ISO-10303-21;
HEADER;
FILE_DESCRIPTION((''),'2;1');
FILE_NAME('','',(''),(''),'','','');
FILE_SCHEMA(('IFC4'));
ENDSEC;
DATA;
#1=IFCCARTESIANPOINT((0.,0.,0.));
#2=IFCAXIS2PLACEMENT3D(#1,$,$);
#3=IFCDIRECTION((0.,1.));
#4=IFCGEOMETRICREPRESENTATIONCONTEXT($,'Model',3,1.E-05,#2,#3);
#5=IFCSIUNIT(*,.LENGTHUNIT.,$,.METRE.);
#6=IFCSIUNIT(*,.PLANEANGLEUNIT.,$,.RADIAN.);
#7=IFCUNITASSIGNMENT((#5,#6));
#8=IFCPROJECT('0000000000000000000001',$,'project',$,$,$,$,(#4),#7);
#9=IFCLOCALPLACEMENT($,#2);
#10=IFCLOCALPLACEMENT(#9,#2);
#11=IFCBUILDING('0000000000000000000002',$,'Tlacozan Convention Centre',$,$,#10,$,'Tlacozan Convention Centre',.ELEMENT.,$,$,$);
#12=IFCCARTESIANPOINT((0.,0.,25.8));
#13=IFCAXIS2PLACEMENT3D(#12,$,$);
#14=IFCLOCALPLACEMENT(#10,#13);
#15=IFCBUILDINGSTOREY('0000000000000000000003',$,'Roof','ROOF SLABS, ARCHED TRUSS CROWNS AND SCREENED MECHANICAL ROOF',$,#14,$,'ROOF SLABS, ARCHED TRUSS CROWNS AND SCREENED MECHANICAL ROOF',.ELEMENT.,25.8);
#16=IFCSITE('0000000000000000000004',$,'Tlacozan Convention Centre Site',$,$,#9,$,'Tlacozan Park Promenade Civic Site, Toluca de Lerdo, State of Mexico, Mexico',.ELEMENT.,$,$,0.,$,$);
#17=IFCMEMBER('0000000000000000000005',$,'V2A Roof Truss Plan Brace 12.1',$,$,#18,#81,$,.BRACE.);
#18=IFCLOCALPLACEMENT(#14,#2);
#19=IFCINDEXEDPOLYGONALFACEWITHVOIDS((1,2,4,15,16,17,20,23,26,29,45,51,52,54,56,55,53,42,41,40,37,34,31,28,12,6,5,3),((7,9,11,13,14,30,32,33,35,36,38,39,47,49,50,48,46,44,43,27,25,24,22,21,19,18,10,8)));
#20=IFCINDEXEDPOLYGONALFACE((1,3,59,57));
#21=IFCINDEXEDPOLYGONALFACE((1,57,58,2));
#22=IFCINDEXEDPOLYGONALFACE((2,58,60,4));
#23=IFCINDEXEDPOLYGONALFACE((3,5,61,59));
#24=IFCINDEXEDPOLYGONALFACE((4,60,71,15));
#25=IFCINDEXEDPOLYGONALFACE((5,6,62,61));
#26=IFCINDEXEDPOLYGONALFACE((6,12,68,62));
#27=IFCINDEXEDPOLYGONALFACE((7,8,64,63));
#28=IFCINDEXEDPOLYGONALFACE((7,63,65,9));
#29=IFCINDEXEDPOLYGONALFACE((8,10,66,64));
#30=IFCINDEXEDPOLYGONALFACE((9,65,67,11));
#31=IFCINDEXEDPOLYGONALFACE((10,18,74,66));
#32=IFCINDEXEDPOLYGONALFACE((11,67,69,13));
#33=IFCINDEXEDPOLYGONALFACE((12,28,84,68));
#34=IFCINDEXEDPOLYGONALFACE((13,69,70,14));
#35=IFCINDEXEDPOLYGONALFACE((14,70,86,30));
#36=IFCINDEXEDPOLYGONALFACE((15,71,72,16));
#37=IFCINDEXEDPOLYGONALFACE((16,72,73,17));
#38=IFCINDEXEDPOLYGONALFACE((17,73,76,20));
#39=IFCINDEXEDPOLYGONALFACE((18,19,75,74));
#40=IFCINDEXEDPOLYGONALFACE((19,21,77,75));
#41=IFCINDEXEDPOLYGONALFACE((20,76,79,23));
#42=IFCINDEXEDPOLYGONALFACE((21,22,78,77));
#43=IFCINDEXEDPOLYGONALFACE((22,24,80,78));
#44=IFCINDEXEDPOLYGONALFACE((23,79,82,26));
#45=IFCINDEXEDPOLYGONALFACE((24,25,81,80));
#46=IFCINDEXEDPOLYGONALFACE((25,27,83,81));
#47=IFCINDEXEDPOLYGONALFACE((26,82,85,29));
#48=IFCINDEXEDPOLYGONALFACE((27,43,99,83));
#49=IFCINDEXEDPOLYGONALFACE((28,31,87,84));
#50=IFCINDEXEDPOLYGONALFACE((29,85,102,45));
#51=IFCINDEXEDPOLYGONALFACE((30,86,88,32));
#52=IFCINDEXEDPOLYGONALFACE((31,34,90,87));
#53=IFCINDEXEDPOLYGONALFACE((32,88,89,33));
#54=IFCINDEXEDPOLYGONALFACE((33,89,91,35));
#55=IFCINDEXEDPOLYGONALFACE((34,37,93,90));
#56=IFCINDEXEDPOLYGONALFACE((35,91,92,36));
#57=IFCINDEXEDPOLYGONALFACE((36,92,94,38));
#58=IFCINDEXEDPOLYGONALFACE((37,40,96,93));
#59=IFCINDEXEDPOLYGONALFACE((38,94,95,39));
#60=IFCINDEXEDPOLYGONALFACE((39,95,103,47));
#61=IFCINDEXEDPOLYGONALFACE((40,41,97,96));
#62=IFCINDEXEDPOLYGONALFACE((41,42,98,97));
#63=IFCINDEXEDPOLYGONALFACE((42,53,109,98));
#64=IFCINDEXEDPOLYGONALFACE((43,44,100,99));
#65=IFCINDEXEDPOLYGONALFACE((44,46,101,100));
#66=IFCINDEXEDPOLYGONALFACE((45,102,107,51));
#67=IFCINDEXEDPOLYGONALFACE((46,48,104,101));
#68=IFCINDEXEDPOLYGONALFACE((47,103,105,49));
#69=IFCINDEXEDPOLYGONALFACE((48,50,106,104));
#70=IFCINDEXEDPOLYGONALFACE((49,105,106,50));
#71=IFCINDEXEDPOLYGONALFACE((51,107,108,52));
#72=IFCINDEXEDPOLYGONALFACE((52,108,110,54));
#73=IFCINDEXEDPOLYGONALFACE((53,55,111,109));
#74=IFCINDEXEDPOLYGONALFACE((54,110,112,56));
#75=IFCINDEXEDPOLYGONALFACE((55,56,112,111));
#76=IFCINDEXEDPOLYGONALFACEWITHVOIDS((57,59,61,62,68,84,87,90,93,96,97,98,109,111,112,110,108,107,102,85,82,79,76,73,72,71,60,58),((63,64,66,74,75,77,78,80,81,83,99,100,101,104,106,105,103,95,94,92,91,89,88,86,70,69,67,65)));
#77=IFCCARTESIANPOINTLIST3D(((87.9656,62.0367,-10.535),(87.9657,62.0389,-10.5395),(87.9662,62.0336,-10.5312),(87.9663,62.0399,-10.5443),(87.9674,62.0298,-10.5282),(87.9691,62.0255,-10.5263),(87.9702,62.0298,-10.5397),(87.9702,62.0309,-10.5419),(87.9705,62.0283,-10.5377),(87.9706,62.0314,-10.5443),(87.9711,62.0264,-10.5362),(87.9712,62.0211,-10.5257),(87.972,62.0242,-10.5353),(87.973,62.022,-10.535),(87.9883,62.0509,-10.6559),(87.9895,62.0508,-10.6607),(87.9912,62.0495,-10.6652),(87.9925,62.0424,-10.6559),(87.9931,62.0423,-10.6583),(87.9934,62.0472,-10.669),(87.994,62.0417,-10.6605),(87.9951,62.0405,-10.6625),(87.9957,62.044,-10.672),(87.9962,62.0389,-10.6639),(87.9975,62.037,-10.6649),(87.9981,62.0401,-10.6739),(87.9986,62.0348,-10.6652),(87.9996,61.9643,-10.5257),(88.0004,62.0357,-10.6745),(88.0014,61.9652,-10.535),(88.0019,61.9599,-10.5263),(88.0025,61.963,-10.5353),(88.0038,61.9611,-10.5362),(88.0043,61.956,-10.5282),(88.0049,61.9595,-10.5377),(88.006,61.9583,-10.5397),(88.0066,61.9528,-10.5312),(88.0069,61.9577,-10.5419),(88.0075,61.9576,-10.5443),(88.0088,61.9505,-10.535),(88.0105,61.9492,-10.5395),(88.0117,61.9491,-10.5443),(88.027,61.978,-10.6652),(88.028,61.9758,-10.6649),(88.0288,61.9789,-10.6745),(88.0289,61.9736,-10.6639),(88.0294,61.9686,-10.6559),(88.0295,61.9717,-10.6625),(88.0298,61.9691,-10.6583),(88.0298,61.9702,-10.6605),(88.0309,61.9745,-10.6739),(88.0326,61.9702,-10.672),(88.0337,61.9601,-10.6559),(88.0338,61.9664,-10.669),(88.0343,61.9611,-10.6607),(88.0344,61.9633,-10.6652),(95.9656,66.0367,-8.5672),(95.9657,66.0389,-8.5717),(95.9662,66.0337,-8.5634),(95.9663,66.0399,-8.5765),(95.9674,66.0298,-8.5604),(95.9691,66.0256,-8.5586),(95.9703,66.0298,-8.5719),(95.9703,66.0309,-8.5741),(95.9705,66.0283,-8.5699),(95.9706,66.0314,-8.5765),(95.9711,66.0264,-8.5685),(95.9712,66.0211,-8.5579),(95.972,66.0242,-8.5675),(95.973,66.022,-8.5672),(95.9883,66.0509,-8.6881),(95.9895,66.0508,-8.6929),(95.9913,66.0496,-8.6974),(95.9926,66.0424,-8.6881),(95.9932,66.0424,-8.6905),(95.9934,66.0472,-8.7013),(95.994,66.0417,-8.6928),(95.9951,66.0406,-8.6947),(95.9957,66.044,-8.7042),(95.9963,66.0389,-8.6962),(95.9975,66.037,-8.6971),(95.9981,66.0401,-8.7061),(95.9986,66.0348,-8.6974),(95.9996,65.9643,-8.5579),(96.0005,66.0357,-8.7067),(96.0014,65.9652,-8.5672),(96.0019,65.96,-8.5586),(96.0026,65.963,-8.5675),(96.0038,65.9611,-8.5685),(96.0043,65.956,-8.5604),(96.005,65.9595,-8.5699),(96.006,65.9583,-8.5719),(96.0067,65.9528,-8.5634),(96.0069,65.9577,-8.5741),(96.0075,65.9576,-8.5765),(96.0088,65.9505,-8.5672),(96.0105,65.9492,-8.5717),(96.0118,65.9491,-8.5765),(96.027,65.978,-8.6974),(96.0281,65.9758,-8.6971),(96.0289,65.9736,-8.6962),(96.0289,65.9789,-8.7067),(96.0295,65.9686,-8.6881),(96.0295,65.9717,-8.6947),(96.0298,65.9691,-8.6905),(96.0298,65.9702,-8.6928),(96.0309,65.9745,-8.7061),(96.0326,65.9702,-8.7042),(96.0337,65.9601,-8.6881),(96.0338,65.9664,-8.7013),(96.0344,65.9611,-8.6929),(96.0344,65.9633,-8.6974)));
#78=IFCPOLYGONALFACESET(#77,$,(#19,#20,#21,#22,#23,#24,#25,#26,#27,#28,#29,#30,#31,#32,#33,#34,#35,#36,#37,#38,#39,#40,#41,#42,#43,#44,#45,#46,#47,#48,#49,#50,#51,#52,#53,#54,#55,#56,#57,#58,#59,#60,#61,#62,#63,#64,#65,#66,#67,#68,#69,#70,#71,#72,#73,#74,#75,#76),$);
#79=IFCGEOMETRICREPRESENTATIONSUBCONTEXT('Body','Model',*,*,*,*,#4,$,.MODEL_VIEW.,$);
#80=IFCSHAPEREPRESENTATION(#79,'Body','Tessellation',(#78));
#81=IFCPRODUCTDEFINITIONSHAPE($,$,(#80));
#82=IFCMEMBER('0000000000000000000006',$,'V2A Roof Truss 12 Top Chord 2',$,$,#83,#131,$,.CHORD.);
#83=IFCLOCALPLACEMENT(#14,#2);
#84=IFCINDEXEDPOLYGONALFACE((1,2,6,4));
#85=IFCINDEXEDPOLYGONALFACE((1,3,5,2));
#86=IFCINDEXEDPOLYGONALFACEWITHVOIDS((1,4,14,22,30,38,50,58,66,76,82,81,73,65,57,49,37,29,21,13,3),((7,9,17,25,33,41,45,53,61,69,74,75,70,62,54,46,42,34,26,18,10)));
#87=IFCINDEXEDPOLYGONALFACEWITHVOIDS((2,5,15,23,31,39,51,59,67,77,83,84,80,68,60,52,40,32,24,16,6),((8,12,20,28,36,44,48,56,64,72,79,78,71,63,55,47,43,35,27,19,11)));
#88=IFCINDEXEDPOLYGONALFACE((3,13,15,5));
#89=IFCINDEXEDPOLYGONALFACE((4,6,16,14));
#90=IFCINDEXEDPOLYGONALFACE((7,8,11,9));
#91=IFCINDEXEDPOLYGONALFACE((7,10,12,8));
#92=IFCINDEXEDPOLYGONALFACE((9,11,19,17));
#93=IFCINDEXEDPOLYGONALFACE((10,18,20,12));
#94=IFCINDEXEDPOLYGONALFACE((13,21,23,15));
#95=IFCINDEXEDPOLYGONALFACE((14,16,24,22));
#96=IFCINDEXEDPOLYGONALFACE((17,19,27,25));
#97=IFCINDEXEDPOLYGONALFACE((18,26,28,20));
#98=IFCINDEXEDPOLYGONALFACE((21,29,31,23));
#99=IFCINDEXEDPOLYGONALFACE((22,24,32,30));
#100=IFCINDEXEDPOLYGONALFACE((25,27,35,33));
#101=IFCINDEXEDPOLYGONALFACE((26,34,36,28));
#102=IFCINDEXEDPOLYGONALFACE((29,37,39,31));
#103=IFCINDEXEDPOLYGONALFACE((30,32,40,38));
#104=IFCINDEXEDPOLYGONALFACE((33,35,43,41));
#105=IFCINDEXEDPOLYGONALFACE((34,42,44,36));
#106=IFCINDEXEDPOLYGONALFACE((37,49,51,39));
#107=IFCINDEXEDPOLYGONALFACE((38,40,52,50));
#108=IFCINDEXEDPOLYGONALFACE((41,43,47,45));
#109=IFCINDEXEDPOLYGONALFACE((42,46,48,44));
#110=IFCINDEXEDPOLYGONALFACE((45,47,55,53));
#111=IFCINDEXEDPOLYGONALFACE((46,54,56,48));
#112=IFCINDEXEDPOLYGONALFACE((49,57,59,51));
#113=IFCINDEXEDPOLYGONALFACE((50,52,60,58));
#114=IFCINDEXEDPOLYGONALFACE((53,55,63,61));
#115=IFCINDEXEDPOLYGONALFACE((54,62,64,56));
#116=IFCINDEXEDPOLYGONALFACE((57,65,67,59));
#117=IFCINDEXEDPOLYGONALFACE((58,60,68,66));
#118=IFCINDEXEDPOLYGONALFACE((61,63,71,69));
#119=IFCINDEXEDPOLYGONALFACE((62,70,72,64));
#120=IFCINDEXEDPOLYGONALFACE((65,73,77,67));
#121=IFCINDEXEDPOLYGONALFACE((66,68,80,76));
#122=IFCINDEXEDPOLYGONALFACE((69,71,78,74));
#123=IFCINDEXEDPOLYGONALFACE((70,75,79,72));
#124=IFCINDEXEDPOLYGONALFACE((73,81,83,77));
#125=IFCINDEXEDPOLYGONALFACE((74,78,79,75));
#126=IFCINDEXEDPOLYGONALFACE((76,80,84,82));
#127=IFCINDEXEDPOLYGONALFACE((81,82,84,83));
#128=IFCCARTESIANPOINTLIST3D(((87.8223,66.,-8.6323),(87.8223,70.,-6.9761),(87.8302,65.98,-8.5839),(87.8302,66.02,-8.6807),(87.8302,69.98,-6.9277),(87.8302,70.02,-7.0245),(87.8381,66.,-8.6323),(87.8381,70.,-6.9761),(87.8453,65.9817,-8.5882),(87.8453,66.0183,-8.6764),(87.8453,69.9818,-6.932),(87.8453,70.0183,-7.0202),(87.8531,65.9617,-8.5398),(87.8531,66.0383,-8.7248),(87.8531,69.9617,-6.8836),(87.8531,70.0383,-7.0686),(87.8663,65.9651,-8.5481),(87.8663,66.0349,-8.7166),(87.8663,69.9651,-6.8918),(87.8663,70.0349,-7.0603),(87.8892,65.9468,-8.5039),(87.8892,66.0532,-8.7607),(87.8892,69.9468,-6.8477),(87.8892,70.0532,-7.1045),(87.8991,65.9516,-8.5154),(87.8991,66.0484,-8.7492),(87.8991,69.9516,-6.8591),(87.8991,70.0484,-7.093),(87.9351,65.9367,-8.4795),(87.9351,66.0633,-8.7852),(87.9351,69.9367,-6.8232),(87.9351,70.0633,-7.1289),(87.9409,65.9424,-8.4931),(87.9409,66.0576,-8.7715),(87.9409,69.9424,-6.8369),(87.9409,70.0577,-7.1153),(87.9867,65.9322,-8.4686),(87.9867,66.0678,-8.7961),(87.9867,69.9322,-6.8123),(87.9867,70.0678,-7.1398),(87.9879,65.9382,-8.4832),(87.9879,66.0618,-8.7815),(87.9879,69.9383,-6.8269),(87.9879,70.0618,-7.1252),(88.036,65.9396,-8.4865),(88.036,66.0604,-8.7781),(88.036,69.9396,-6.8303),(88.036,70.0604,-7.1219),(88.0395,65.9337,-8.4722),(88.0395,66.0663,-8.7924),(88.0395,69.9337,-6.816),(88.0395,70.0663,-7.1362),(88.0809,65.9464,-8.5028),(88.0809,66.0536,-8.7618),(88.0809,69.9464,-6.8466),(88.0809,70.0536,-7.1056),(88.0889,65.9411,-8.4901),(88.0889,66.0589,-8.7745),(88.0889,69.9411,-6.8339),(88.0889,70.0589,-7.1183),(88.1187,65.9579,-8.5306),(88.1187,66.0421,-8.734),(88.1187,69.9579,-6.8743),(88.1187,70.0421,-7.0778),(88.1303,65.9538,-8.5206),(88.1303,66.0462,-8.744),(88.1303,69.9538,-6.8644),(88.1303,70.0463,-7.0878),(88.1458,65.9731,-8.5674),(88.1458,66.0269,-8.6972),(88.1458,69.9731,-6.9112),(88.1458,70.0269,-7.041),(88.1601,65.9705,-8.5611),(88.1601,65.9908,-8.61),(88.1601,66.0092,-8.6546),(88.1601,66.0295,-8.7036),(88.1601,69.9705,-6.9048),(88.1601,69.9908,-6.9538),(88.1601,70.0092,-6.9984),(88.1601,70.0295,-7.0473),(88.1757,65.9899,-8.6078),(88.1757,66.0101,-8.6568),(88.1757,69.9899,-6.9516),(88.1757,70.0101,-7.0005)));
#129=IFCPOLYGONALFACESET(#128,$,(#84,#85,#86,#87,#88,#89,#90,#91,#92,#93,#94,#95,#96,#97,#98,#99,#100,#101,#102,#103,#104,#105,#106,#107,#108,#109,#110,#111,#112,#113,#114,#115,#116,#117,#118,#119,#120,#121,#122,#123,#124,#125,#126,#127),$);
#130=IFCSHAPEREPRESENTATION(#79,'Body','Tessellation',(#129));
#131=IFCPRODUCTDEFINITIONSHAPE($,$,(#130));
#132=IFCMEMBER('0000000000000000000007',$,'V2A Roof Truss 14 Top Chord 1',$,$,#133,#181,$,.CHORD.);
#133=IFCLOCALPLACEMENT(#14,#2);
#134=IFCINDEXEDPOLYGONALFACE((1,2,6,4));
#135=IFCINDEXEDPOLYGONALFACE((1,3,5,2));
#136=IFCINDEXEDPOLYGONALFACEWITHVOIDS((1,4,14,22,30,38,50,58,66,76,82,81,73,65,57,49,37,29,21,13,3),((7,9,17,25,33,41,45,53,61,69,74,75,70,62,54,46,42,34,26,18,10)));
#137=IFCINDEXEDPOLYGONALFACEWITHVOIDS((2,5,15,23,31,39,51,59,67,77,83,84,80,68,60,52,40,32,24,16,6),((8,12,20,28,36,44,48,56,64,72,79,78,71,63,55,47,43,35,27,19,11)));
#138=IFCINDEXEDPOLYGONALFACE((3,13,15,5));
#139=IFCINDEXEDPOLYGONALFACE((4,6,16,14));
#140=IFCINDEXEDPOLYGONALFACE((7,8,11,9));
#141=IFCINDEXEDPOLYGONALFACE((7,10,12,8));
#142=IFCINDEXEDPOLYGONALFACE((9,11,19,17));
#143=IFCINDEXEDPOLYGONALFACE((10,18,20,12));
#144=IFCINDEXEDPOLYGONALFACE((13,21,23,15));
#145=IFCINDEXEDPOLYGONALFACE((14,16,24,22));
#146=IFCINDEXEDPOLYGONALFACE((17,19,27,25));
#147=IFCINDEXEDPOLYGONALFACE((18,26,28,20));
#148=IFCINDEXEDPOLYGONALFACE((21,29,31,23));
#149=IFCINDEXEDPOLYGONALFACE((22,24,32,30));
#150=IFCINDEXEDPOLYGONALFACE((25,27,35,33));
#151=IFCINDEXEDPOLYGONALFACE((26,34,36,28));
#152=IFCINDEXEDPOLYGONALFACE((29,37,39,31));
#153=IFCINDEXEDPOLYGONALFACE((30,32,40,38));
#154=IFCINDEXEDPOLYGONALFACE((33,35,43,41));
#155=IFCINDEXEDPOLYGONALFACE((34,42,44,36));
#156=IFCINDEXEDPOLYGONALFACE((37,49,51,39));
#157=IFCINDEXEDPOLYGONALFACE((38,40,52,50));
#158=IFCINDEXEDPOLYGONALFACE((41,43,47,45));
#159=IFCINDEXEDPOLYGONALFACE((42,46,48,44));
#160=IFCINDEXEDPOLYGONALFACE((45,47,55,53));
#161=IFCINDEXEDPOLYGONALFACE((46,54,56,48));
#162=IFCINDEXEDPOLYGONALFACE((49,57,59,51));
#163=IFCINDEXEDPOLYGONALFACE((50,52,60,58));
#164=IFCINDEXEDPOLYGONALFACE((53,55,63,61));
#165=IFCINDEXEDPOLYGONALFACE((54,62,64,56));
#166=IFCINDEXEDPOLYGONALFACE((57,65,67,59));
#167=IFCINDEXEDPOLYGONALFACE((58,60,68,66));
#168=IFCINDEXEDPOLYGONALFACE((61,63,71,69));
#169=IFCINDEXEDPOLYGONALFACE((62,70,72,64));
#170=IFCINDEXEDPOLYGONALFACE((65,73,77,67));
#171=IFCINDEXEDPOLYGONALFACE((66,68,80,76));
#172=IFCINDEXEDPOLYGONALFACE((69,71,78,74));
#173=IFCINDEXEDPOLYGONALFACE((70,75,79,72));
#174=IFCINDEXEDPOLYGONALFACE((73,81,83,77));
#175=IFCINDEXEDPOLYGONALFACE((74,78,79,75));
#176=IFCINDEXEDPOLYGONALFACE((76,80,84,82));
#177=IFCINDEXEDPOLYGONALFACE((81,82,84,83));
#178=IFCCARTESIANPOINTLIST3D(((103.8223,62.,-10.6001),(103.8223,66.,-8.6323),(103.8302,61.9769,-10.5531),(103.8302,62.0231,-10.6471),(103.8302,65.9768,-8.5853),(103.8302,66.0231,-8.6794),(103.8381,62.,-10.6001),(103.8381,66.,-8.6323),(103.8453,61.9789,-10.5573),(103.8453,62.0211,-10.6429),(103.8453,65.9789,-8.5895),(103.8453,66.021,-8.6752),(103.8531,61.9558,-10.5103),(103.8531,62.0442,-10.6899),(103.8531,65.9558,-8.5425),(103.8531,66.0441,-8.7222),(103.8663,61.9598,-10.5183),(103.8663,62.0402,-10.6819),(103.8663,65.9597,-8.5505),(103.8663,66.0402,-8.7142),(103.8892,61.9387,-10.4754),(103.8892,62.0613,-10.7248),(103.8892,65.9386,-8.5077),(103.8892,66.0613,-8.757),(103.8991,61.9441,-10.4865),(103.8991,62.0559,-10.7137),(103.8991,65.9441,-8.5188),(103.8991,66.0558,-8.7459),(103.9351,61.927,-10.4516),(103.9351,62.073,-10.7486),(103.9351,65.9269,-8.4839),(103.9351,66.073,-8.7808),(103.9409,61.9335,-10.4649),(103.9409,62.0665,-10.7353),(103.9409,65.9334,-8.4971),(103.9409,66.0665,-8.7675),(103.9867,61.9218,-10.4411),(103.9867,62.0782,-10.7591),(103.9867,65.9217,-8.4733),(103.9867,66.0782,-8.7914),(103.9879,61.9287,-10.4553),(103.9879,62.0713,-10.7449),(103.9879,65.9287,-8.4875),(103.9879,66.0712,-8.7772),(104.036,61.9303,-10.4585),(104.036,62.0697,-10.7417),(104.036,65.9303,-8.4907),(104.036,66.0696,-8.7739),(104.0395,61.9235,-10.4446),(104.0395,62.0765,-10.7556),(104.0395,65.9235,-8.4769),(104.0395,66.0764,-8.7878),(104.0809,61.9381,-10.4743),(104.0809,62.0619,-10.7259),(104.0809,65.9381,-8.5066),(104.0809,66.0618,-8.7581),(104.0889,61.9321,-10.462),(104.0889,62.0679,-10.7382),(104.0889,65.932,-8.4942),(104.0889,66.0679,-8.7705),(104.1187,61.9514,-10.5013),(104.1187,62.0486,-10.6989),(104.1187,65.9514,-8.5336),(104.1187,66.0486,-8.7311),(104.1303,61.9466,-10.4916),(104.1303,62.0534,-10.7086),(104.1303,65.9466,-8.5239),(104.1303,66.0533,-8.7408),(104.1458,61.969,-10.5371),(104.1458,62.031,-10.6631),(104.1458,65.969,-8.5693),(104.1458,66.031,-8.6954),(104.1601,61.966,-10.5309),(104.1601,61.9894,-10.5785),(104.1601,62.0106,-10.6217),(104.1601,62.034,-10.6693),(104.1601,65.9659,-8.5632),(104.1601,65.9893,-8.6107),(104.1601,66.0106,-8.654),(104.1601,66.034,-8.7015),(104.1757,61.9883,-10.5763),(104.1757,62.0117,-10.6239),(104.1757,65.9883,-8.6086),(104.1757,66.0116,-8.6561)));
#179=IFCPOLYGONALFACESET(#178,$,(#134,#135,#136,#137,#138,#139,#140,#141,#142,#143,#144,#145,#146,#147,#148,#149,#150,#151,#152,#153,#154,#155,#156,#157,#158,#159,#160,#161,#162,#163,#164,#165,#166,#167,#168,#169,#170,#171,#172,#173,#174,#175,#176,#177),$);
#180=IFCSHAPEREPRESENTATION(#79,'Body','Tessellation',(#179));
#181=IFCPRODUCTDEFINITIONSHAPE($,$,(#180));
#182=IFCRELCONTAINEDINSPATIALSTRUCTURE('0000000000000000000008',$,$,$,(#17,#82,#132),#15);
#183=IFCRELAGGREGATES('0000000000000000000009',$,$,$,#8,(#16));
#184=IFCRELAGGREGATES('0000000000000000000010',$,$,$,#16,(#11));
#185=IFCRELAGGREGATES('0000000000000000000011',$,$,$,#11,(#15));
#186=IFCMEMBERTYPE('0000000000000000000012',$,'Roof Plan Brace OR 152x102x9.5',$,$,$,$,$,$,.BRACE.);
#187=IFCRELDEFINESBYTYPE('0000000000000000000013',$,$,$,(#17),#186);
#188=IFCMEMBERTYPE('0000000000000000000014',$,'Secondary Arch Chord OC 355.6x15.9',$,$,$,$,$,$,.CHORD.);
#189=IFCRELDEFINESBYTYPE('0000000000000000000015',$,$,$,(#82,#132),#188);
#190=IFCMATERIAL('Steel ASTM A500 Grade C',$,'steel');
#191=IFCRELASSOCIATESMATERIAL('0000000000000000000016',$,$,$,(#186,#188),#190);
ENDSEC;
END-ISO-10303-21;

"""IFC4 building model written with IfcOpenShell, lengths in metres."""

from ifc_helpers import new_model, si_unit, direction, frame, origin, origin_2d, place, context, subcontext, project, spatial, hollow_rectangle, hollow_circle, extrude, material, material_profile, profile_set, type_object, element, save


model = new_model("IFC4")

# Units and contexts
model_context = context("Model", 3, precision=1e-05, world=origin(), true_north=direction((0.0, 1.0)))
body_context = subcontext(model_context, "Body", "Model", "MODEL_VIEW")
ifc_project = project(units=[si_unit("LENGTHUNIT", "METRE"), si_unit("PLANEANGLEUNIT", "RADIAN")], contexts=[model_context])

# Site, building, storey
site_placement = place(None, origin())
site = spatial("IfcSite", under=ifc_project, at=site_placement, Name="Tlacozan Convention Centre Site", LongName="Tlacozan Park Promenade Civic Site, Toluca de Lerdo, State of Mexico, Mexico", CompositionType="ELEMENT", RefElevation=0.0)
building_placement = place(site_placement, origin())
building = spatial("IfcBuilding", under=site, at=building_placement, Name="Tlacozan Convention Centre", LongName="Tlacozan Convention Centre", CompositionType="ELEMENT")
storey_placement = place(building_placement, frame((0.0, 0.0, 25.8)))
storey = spatial("IfcBuildingStorey", under=building, at=storey_placement, Name="Roof", Description="ROOF SLABS, ARCHED TRUSS CROWNS AND SCREENED MECHANICAL ROOF", LongName="ROOF SLABS, ARCHED TRUSS CROWNS AND SCREENED MECHANICAL ROOF", CompositionType="ELEMENT", Elevation=25.8)

# Members
ifc_material_1 = material(Name="Steel ASTM A500 Grade C", Category="steel")
ifc_material_profile_1 = material_profile(ifc_material_1, hollow_rectangle(XDim=0.1016, YDim=0.1523, WallThickness=0.0095, InnerFilletRadius=0.0095, OuterFilletRadius=0.019, at=origin_2d()), Name="OR 152x102x9.5")
ifc_profile_set_1 = profile_set([ifc_material_profile_1], Name="Steel ASTM A500 Grade C")
member_type_1 = type_object("IfcMemberType", Name="Roof Plan Brace OR 152x102x9.5", PredefinedType="BRACE", material=ifc_profile_set_1)
member_1_placement = place(storey_placement, frame((88.0, 62.0, -10.6001), z_axis=(0.873537, 0.436768, 0.214865), x_axis=(-0.447214, 0.894427, 0.0)))
element("IfcMember", 1, at=member_1_placement, inside=storey, type_object=member_type_1, Name="V2A Roof Truss Plan Brace 12.1", PredefinedType="BRACE", context=body_context, shape_type="SweptSolid", body=[
    extrude(hollow_rectangle(XDim=0.1016, YDim=0.1523, WallThickness=0.0095, InnerFilletRadius=0.0095, OuterFilletRadius=0.019, at=origin_2d()), origin(), (0.0, 0.0, 1.0), 9.1582),
])
ifc_material_profile_2 = material_profile(ifc_material_1, hollow_circle(Radius=0.1777, WallThickness=0.0159, at=origin_2d()), Name="OC 355.6x15.9")
ifc_profile_set_2 = profile_set([ifc_material_profile_2], Name="Steel ASTM A500 Grade C")
member_type_2 = type_object("IfcMemberType", Name="Secondary Arch Chord OC 355.6x15.9", PredefinedType="CHORD", material=ifc_profile_set_2)
member_2_placement = place(storey_placement, frame((88.0, 66.0, -8.6323), z_axis=(0.0, 0.923929, 0.382564), x_axis=(-1.0, 0.0, 0.0)))
element("IfcMember", 2, at=member_2_placement, inside=storey, type_object=member_type_2, Name="V2A Roof Truss 12 Top Chord 2", PredefinedType="CHORD", context=body_context, shape_type="SweptSolid", body=[
    extrude(hollow_circle(Radius=0.1777, WallThickness=0.0159, at=origin_2d()), origin(), (0.0, 0.0, 1.0), 4.3293),
])
member_3_placement = place(storey_placement, frame((104.0, 62.0, -10.6001), z_axis=(0.0, 0.8973, 0.441421), x_axis=(-1.0, 0.0, 0.0)))
element("IfcMember", 3, at=member_3_placement, inside=storey, type_object=member_type_2, Name="V2A Roof Truss 14 Top Chord 1", PredefinedType="CHORD", context=body_context, shape_type="SweptSolid", body=[
    extrude(hollow_circle(Radius=0.1777, WallThickness=0.0159, at=origin_2d()), origin(), (0.0, 0.0, 1.0), 4.4578),
])

save(model, "model.ifc")
